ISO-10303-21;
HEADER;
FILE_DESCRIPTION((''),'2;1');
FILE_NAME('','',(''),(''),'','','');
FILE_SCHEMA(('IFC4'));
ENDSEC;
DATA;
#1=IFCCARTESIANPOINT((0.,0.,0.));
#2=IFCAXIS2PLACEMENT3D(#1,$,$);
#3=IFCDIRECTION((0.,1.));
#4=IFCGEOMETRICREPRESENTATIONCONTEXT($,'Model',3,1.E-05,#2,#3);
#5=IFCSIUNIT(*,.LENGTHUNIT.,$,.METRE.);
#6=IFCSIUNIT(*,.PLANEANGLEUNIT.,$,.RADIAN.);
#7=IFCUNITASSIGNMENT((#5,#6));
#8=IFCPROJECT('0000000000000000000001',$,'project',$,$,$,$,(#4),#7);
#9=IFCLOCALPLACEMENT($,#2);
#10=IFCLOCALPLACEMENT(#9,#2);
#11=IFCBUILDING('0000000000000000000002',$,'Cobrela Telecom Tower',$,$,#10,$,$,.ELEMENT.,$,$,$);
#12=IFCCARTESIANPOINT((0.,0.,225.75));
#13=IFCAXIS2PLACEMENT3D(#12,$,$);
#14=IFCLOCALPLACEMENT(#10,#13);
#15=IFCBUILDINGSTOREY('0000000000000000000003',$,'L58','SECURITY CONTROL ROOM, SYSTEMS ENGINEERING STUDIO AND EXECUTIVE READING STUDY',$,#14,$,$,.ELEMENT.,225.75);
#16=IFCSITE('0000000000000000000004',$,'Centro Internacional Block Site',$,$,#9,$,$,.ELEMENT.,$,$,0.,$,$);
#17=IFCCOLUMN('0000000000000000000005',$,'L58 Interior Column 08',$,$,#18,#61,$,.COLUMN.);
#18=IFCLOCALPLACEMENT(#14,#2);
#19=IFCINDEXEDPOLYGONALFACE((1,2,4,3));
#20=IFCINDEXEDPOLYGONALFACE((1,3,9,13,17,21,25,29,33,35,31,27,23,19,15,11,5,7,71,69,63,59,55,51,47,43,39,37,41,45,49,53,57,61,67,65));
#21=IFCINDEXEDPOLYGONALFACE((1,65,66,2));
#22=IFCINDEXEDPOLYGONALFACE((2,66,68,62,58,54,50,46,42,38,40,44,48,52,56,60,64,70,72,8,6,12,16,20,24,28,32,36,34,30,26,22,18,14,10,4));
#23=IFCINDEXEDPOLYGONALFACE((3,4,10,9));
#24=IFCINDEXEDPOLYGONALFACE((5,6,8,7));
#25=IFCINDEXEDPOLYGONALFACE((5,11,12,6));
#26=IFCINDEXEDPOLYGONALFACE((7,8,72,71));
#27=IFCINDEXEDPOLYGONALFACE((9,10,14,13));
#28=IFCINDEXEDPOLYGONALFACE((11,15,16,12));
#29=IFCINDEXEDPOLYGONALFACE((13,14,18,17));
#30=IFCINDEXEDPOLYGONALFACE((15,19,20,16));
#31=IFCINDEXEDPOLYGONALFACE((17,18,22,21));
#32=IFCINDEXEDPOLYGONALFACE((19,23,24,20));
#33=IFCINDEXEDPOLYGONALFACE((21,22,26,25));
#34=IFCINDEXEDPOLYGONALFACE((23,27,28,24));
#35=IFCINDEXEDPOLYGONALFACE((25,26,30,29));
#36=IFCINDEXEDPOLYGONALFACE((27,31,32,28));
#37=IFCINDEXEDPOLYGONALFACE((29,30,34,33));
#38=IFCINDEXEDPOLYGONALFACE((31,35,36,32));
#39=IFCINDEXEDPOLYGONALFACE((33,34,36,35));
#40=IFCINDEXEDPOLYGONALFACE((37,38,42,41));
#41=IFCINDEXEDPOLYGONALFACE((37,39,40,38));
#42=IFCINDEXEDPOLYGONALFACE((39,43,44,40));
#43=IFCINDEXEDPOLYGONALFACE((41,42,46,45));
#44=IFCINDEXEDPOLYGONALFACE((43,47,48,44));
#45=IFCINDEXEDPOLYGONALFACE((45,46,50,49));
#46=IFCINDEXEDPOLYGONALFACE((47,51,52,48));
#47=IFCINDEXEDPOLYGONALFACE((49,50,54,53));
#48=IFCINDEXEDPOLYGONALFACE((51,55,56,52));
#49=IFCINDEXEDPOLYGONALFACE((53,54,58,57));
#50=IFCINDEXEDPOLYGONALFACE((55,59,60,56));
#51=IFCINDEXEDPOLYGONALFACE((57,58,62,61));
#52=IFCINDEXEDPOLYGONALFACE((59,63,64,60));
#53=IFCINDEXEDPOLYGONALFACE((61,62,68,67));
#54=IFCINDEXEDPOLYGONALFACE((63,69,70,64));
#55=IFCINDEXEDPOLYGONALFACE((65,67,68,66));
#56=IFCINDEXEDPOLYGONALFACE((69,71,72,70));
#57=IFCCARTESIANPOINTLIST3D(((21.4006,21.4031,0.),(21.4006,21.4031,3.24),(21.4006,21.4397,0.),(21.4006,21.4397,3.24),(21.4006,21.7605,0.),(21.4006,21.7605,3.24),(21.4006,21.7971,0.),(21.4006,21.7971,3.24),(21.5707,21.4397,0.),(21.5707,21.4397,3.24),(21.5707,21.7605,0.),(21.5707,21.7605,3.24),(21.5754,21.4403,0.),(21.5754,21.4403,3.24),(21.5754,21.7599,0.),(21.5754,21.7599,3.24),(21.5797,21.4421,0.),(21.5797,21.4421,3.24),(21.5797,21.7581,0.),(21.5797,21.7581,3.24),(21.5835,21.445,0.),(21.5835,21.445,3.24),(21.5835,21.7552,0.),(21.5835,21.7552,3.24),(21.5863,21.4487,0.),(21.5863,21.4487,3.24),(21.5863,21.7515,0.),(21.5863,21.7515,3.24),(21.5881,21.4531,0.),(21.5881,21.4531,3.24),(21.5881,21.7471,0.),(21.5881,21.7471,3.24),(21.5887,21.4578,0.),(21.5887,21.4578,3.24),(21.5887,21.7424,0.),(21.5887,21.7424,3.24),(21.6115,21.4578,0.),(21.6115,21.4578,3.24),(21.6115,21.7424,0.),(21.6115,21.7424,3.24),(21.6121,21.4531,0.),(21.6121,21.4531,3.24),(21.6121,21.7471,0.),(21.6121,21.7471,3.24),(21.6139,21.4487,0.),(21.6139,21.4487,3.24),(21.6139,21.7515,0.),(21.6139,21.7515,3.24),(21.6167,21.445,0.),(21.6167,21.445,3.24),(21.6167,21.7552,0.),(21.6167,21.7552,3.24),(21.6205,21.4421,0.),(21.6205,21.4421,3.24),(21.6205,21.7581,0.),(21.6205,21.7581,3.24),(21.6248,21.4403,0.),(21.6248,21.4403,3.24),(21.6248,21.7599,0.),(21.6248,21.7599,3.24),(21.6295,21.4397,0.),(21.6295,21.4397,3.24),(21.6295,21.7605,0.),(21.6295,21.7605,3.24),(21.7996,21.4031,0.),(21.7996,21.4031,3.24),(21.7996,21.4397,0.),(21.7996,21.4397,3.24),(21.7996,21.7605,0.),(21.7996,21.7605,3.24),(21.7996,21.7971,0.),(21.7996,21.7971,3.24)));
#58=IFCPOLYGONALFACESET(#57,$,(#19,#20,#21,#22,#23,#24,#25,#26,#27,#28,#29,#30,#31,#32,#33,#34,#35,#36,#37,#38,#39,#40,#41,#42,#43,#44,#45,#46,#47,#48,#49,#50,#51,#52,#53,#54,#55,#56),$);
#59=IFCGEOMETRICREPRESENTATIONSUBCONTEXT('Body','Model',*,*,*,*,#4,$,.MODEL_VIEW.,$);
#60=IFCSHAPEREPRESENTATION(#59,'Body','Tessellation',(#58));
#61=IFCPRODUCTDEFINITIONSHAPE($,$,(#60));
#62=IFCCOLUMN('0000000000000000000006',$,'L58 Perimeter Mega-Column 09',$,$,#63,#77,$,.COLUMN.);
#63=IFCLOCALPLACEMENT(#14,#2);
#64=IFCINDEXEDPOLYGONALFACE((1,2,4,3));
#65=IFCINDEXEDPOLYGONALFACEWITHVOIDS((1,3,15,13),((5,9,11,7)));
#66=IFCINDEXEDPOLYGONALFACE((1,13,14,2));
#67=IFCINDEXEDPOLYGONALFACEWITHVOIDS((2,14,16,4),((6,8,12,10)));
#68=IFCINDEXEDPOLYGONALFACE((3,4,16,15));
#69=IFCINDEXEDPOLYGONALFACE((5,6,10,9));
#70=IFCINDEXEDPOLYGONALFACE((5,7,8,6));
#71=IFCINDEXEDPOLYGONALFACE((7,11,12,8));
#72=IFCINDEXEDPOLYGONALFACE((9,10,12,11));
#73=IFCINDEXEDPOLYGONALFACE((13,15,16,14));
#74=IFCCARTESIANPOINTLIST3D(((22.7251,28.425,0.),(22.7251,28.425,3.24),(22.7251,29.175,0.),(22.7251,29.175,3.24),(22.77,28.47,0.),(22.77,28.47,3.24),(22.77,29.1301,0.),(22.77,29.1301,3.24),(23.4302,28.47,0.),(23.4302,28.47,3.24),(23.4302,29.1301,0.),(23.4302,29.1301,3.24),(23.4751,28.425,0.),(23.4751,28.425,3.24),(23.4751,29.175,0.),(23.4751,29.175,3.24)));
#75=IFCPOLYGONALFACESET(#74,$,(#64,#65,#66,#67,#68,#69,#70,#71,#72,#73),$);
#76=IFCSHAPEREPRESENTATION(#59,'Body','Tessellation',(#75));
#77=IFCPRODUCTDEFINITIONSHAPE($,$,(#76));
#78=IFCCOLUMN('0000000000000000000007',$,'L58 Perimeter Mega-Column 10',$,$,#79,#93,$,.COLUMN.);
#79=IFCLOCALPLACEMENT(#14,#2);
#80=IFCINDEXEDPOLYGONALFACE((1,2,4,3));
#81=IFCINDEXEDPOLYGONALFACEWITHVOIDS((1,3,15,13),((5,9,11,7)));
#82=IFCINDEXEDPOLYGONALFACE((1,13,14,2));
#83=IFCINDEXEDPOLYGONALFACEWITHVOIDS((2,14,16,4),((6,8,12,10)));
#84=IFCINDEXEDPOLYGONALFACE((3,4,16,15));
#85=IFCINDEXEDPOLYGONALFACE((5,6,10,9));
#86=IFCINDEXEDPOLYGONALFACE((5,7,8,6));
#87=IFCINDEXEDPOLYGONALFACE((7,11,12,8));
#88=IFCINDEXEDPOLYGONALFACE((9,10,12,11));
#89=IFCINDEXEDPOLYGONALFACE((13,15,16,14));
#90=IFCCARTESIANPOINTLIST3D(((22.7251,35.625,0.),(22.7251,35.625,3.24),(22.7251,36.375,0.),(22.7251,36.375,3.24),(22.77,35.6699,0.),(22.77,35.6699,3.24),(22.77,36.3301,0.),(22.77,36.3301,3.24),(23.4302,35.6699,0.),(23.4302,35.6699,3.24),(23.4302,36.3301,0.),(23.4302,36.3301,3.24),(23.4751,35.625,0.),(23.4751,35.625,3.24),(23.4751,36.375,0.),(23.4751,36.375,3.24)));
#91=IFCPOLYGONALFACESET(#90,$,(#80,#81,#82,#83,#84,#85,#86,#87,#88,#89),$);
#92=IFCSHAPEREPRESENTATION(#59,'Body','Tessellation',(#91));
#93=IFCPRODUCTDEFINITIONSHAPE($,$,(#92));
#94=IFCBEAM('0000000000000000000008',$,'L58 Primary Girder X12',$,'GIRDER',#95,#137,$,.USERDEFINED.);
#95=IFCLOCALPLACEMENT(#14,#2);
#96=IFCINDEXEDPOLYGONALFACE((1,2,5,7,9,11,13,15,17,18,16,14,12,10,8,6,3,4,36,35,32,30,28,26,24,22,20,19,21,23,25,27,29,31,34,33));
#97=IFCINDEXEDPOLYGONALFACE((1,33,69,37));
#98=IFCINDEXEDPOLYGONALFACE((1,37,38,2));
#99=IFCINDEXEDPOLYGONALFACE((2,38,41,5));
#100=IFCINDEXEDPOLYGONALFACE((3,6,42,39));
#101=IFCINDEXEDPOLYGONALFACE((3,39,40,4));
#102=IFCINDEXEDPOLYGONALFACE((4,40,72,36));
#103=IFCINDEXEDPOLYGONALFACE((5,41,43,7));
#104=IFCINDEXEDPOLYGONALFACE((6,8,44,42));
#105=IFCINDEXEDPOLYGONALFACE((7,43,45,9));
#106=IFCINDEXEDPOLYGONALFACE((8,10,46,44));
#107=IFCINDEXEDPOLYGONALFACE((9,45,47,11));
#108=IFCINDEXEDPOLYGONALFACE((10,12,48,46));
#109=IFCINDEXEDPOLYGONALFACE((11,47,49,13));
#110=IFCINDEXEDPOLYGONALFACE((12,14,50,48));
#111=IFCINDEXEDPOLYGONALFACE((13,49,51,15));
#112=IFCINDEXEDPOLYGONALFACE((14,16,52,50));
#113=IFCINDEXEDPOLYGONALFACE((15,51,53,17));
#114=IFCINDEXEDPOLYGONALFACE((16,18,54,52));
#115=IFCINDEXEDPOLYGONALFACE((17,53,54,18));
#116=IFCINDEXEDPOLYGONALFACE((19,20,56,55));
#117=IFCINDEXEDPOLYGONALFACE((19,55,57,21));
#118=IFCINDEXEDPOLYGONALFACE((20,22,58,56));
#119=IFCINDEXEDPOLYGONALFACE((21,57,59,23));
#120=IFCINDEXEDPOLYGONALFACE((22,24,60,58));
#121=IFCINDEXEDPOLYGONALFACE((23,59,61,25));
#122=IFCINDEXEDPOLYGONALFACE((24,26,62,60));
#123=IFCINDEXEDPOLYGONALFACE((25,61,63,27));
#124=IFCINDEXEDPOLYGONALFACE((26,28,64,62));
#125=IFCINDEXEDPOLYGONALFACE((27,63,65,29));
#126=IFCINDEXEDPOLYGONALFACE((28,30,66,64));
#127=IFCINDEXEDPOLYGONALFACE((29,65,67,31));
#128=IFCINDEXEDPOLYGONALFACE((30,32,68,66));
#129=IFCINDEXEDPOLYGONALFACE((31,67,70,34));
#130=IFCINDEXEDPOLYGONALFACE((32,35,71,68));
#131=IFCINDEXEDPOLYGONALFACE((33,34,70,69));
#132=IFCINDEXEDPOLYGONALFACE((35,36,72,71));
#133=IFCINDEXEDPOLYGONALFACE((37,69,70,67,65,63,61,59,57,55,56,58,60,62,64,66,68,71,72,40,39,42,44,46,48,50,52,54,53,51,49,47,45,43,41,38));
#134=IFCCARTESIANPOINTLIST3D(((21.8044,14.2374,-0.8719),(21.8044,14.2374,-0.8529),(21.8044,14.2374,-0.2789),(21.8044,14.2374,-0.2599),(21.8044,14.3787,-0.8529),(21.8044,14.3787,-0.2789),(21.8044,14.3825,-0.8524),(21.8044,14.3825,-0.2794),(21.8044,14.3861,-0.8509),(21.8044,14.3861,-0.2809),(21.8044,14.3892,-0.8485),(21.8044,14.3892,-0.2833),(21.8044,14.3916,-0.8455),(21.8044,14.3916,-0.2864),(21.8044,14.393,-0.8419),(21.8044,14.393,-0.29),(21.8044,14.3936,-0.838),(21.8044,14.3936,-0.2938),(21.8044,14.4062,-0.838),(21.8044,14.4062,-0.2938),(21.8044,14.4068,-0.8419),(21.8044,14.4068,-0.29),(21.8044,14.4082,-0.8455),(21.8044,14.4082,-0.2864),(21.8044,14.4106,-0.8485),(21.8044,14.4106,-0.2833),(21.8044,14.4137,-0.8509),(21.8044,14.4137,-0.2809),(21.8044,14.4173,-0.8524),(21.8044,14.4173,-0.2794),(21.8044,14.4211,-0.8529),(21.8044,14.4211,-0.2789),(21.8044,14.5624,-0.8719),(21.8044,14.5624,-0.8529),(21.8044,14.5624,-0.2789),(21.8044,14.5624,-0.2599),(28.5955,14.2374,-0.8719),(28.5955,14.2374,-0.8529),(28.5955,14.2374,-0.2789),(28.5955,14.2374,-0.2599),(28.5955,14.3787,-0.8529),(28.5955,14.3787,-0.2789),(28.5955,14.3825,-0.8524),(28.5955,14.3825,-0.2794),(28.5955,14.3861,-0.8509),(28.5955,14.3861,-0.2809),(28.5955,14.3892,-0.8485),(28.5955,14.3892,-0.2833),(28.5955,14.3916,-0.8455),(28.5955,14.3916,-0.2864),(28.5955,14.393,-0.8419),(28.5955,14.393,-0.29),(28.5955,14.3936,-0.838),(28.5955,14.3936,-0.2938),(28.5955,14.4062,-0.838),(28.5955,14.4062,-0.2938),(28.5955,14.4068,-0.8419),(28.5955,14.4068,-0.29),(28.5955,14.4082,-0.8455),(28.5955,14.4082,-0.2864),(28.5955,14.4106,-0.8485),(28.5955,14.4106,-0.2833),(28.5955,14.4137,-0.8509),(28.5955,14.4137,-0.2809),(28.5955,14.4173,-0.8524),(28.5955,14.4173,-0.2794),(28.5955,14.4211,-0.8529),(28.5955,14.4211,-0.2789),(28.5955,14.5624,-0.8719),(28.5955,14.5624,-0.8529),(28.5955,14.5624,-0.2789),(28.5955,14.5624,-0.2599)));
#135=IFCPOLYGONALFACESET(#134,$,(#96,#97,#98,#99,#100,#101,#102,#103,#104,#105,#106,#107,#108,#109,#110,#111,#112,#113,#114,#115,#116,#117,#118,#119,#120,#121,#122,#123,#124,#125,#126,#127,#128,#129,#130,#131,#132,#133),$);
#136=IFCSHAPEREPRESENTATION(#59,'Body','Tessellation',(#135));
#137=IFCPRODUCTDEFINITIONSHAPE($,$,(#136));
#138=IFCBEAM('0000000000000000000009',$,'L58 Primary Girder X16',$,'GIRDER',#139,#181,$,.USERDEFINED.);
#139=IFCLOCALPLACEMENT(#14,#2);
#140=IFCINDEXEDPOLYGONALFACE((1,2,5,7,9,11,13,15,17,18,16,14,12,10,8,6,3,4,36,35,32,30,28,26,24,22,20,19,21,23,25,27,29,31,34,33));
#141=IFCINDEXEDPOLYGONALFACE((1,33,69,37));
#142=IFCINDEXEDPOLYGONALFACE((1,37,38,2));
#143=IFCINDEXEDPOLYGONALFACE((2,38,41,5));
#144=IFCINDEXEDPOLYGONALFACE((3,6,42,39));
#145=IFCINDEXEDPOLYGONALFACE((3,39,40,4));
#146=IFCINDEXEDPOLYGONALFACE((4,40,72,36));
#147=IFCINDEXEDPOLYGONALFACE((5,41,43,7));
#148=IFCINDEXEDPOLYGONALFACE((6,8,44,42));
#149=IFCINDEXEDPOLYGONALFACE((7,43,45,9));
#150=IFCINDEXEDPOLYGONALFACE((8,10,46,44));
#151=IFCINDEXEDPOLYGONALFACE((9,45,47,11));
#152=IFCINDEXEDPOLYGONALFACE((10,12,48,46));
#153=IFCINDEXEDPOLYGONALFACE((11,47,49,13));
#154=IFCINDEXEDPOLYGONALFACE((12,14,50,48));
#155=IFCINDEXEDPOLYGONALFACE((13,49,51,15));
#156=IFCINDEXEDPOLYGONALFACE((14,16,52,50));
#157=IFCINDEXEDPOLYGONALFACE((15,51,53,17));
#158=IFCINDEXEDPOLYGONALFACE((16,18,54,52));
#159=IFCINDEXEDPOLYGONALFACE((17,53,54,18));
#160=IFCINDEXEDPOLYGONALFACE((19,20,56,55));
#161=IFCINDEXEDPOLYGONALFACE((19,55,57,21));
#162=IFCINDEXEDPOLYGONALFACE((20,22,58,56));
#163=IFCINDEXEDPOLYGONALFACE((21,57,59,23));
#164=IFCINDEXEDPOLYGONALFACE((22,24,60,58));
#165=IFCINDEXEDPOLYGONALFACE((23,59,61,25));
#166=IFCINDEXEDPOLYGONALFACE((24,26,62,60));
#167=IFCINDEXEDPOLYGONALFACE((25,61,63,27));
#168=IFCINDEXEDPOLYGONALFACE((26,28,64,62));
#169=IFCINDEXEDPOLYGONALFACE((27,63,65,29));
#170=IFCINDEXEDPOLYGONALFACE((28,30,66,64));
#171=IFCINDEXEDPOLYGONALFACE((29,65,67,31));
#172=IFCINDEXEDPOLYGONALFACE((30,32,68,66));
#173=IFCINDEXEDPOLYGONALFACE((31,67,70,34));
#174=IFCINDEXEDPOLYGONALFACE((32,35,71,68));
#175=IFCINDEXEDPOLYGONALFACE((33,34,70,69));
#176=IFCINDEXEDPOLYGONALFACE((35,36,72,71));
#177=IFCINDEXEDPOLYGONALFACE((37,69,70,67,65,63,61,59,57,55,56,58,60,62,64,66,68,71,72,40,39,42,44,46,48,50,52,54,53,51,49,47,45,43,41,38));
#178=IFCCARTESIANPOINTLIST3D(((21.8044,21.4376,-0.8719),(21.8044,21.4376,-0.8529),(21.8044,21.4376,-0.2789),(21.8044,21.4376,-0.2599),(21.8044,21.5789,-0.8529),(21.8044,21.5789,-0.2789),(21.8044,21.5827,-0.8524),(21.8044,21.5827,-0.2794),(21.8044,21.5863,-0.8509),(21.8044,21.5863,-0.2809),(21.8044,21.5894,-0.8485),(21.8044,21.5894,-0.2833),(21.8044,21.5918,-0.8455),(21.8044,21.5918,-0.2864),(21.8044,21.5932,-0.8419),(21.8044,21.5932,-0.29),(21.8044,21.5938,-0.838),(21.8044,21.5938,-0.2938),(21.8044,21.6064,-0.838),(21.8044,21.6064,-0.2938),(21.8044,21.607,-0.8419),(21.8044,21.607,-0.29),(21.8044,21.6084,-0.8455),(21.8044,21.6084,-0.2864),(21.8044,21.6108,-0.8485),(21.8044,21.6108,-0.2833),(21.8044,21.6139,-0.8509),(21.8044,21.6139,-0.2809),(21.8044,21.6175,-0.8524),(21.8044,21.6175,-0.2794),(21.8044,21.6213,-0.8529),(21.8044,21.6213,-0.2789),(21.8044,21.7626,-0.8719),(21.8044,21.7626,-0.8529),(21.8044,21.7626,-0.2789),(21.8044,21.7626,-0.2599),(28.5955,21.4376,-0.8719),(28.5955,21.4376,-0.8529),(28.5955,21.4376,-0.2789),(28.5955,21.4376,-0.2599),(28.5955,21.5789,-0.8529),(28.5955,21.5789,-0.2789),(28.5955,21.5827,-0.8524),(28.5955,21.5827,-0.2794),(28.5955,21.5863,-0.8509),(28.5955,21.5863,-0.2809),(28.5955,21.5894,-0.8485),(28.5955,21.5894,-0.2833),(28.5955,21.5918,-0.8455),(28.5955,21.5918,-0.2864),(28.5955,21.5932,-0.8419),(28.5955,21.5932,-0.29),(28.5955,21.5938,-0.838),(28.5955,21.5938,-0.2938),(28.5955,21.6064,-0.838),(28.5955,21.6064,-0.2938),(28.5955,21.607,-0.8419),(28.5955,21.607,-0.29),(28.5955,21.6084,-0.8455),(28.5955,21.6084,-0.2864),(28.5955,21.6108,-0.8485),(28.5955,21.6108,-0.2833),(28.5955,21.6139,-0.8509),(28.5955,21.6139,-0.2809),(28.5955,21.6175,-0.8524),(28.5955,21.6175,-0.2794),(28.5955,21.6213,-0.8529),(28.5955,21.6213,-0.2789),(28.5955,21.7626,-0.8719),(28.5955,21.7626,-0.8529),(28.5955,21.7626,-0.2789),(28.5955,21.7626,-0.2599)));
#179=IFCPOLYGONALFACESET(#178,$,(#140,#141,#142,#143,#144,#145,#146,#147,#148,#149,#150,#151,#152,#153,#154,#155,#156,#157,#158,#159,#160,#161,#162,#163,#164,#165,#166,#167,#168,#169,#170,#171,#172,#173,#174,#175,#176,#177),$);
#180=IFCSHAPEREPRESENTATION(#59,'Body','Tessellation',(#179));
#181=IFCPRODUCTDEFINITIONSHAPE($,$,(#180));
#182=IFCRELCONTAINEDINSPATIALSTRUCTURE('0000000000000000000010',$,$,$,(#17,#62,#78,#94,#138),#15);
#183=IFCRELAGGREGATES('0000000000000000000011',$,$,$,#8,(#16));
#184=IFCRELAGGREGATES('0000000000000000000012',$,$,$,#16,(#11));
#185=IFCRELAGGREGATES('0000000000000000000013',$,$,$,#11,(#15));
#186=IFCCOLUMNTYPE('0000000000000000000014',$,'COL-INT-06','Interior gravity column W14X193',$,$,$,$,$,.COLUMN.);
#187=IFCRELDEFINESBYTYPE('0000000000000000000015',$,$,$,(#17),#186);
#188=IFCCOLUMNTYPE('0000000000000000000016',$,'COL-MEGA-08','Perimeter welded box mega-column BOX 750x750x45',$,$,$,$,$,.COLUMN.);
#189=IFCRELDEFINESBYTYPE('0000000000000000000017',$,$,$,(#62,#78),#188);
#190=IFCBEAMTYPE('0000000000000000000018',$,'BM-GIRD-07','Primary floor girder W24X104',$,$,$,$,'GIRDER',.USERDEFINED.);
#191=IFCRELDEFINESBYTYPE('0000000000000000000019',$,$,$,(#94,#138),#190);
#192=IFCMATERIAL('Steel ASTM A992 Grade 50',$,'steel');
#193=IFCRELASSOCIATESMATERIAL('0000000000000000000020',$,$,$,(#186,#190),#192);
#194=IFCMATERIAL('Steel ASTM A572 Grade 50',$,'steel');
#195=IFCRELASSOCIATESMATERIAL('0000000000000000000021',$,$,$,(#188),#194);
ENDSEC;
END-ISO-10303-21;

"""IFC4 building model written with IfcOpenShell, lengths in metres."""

from ifc_helpers import new_model, si_unit, direction, frame, origin, origin_2d, place, context, subcontext, project, spatial, hollow_rectangle, i_section, extrude, material, material_profile, profile_set, type_object, element, save


model = new_model("IFC4")

# Units and contexts
model_context = context("Model", 3, precision=1e-05, world=origin(), true_north=direction((0.0, 1.0)))
body_context = subcontext(model_context, "Body", "Model", "MODEL_VIEW")
ifc_project = project(units=[si_unit("LENGTHUNIT", "METRE"), si_unit("PLANEANGLEUNIT", "RADIAN")], contexts=[model_context])

# Site, building, storey
site_placement = place(None, origin())
site = spatial("IfcSite", under=ifc_project, at=site_placement, Name="Centro Internacional Block Site", CompositionType="ELEMENT", RefElevation=0.0)
building_placement = place(site_placement, origin())
building = spatial("IfcBuilding", under=site, at=building_placement, Name="Cobrela Telecom Tower", CompositionType="ELEMENT")
storey_placement = place(building_placement, frame((0.0, 0.0, 225.75)))
storey = spatial("IfcBuildingStorey", under=building, at=storey_placement, Name="L58", Description="SECURITY CONTROL ROOM, SYSTEMS ENGINEERING STUDIO AND EXECUTIVE READING STUDY", CompositionType="ELEMENT", Elevation=225.75)

# Columns
ifc_material_1 = material(Name="Steel ASTM A992 Grade 50", Category="steel")
ifc_material_profile_1 = material_profile(ifc_material_1, i_section(OverallWidth=0.3989, OverallDepth=0.394, WebThickness=0.0227, FlangeThickness=0.0366, FilletRadius=0.0181, at=origin_2d()), Name="W14X193")
ifc_profile_set_1 = profile_set([ifc_material_profile_1], Name="Steel ASTM A992 Grade 50")
column_type_1 = type_object("IfcColumnType", Name="COL-INT-06", Description="Interior gravity column W14X193", PredefinedType="COLUMN", material=ifc_profile_set_1)
column_placement = place(storey_placement, frame((21.6001, 21.6001, 0.0), z_axis=(0.0, 0.0, 1.0), x_axis=(1.0, 0.0, 0.0)))
element("IfcColumn", 1, at=column_placement, inside=storey, type_object=column_type_1, Name="L58 Interior Column 08", PredefinedType="COLUMN", context=body_context, shape_type="SweptSolid", body=[
    extrude(i_section(OverallWidth=0.3989, OverallDepth=0.394, WebThickness=0.0227, FlangeThickness=0.0366, FilletRadius=0.0181, at=origin_2d()), origin(), (0.0, 0.0, 1.0), 3.24),
])
ifc_material_2 = material(Name="Steel ASTM A572 Grade 50", Category="steel")
ifc_material_profile_2 = material_profile(ifc_material_2, hollow_rectangle(XDim=0.75, YDim=0.75, WallThickness=0.0449, at=origin_2d()), Name="BOX 750x750x45")
ifc_profile_set_2 = profile_set([ifc_material_profile_2], Name="Steel ASTM A572 Grade 50")
column_type_2 = type_object("IfcColumnType", Name="COL-MEGA-08", Description="Perimeter welded box mega-column BOX 750x750x45", PredefinedType="COLUMN", material=ifc_profile_set_2)
for number, where, z_axis, x_axis, name in (
    (2, (23.1001, 28.8, 0.0), (0.0, 0.0, 1.0), (1.0, 0.0, 0.0), "L58 Perimeter Mega-Column 09"),
    (3, (23.1001, 36.0, 0.0), (0.0, 0.0, 1.0), (1.0, 0.0, 0.0), "L58 Perimeter Mega-Column 10"),
):
    element("IfcColumn", number, at=place(storey_placement, frame(where, z_axis=z_axis, x_axis=x_axis)), inside=storey, type_object=column_type_2, Name=name, PredefinedType="COLUMN", context=body_context, shape_type="SweptSolid", body=[
        extrude(hollow_rectangle(XDim=0.75, YDim=0.75, WallThickness=0.0449, at=origin_2d()), origin(), (0.0, 0.0, 1.0), 3.24),
    ])

# Beams
ifc_material_profile_3 = material_profile(ifc_material_1, i_section(OverallWidth=0.325, OverallDepth=0.6121, WebThickness=0.0127, FlangeThickness=0.019, FilletRadius=0.0149, at=origin_2d()), Name="W24X104")
ifc_profile_set_3 = profile_set([ifc_material_profile_3], Name="Steel ASTM A992 Grade 50")
beam_type_1 = type_object("IfcBeamType", Name="BM-GIRD-07", Description="Primary floor girder W24X104", ElementType="GIRDER", PredefinedType="USERDEFINED", material=ifc_profile_set_3)
for number, where, z_axis, x_axis, name in (
    (4, (21.8044, 14.3999, -0.5659), (1.0, 0.0, 0.0), (0.0, 1.0, 0.0), "L58 Primary Girder X12"),
    (5, (21.8044, 21.6001, -0.5659), (1.0, 0.0, 0.0), (0.0, 1.0, 0.0), "L58 Primary Girder X16"),
):
    element("IfcBeam", number, at=place(storey_placement, frame(where, z_axis=z_axis, x_axis=x_axis)), inside=storey, type_object=beam_type_1, Name=name, ObjectType="GIRDER", PredefinedType="USERDEFINED", context=body_context, shape_type="SweptSolid", body=[
        extrude(i_section(OverallWidth=0.325, OverallDepth=0.6121, WebThickness=0.0127, FlangeThickness=0.019, FilletRadius=0.0149, at=origin_2d()), origin(), (0.0, 0.0, 1.0), 6.791),
    ])

save(model, "model.ifc")
